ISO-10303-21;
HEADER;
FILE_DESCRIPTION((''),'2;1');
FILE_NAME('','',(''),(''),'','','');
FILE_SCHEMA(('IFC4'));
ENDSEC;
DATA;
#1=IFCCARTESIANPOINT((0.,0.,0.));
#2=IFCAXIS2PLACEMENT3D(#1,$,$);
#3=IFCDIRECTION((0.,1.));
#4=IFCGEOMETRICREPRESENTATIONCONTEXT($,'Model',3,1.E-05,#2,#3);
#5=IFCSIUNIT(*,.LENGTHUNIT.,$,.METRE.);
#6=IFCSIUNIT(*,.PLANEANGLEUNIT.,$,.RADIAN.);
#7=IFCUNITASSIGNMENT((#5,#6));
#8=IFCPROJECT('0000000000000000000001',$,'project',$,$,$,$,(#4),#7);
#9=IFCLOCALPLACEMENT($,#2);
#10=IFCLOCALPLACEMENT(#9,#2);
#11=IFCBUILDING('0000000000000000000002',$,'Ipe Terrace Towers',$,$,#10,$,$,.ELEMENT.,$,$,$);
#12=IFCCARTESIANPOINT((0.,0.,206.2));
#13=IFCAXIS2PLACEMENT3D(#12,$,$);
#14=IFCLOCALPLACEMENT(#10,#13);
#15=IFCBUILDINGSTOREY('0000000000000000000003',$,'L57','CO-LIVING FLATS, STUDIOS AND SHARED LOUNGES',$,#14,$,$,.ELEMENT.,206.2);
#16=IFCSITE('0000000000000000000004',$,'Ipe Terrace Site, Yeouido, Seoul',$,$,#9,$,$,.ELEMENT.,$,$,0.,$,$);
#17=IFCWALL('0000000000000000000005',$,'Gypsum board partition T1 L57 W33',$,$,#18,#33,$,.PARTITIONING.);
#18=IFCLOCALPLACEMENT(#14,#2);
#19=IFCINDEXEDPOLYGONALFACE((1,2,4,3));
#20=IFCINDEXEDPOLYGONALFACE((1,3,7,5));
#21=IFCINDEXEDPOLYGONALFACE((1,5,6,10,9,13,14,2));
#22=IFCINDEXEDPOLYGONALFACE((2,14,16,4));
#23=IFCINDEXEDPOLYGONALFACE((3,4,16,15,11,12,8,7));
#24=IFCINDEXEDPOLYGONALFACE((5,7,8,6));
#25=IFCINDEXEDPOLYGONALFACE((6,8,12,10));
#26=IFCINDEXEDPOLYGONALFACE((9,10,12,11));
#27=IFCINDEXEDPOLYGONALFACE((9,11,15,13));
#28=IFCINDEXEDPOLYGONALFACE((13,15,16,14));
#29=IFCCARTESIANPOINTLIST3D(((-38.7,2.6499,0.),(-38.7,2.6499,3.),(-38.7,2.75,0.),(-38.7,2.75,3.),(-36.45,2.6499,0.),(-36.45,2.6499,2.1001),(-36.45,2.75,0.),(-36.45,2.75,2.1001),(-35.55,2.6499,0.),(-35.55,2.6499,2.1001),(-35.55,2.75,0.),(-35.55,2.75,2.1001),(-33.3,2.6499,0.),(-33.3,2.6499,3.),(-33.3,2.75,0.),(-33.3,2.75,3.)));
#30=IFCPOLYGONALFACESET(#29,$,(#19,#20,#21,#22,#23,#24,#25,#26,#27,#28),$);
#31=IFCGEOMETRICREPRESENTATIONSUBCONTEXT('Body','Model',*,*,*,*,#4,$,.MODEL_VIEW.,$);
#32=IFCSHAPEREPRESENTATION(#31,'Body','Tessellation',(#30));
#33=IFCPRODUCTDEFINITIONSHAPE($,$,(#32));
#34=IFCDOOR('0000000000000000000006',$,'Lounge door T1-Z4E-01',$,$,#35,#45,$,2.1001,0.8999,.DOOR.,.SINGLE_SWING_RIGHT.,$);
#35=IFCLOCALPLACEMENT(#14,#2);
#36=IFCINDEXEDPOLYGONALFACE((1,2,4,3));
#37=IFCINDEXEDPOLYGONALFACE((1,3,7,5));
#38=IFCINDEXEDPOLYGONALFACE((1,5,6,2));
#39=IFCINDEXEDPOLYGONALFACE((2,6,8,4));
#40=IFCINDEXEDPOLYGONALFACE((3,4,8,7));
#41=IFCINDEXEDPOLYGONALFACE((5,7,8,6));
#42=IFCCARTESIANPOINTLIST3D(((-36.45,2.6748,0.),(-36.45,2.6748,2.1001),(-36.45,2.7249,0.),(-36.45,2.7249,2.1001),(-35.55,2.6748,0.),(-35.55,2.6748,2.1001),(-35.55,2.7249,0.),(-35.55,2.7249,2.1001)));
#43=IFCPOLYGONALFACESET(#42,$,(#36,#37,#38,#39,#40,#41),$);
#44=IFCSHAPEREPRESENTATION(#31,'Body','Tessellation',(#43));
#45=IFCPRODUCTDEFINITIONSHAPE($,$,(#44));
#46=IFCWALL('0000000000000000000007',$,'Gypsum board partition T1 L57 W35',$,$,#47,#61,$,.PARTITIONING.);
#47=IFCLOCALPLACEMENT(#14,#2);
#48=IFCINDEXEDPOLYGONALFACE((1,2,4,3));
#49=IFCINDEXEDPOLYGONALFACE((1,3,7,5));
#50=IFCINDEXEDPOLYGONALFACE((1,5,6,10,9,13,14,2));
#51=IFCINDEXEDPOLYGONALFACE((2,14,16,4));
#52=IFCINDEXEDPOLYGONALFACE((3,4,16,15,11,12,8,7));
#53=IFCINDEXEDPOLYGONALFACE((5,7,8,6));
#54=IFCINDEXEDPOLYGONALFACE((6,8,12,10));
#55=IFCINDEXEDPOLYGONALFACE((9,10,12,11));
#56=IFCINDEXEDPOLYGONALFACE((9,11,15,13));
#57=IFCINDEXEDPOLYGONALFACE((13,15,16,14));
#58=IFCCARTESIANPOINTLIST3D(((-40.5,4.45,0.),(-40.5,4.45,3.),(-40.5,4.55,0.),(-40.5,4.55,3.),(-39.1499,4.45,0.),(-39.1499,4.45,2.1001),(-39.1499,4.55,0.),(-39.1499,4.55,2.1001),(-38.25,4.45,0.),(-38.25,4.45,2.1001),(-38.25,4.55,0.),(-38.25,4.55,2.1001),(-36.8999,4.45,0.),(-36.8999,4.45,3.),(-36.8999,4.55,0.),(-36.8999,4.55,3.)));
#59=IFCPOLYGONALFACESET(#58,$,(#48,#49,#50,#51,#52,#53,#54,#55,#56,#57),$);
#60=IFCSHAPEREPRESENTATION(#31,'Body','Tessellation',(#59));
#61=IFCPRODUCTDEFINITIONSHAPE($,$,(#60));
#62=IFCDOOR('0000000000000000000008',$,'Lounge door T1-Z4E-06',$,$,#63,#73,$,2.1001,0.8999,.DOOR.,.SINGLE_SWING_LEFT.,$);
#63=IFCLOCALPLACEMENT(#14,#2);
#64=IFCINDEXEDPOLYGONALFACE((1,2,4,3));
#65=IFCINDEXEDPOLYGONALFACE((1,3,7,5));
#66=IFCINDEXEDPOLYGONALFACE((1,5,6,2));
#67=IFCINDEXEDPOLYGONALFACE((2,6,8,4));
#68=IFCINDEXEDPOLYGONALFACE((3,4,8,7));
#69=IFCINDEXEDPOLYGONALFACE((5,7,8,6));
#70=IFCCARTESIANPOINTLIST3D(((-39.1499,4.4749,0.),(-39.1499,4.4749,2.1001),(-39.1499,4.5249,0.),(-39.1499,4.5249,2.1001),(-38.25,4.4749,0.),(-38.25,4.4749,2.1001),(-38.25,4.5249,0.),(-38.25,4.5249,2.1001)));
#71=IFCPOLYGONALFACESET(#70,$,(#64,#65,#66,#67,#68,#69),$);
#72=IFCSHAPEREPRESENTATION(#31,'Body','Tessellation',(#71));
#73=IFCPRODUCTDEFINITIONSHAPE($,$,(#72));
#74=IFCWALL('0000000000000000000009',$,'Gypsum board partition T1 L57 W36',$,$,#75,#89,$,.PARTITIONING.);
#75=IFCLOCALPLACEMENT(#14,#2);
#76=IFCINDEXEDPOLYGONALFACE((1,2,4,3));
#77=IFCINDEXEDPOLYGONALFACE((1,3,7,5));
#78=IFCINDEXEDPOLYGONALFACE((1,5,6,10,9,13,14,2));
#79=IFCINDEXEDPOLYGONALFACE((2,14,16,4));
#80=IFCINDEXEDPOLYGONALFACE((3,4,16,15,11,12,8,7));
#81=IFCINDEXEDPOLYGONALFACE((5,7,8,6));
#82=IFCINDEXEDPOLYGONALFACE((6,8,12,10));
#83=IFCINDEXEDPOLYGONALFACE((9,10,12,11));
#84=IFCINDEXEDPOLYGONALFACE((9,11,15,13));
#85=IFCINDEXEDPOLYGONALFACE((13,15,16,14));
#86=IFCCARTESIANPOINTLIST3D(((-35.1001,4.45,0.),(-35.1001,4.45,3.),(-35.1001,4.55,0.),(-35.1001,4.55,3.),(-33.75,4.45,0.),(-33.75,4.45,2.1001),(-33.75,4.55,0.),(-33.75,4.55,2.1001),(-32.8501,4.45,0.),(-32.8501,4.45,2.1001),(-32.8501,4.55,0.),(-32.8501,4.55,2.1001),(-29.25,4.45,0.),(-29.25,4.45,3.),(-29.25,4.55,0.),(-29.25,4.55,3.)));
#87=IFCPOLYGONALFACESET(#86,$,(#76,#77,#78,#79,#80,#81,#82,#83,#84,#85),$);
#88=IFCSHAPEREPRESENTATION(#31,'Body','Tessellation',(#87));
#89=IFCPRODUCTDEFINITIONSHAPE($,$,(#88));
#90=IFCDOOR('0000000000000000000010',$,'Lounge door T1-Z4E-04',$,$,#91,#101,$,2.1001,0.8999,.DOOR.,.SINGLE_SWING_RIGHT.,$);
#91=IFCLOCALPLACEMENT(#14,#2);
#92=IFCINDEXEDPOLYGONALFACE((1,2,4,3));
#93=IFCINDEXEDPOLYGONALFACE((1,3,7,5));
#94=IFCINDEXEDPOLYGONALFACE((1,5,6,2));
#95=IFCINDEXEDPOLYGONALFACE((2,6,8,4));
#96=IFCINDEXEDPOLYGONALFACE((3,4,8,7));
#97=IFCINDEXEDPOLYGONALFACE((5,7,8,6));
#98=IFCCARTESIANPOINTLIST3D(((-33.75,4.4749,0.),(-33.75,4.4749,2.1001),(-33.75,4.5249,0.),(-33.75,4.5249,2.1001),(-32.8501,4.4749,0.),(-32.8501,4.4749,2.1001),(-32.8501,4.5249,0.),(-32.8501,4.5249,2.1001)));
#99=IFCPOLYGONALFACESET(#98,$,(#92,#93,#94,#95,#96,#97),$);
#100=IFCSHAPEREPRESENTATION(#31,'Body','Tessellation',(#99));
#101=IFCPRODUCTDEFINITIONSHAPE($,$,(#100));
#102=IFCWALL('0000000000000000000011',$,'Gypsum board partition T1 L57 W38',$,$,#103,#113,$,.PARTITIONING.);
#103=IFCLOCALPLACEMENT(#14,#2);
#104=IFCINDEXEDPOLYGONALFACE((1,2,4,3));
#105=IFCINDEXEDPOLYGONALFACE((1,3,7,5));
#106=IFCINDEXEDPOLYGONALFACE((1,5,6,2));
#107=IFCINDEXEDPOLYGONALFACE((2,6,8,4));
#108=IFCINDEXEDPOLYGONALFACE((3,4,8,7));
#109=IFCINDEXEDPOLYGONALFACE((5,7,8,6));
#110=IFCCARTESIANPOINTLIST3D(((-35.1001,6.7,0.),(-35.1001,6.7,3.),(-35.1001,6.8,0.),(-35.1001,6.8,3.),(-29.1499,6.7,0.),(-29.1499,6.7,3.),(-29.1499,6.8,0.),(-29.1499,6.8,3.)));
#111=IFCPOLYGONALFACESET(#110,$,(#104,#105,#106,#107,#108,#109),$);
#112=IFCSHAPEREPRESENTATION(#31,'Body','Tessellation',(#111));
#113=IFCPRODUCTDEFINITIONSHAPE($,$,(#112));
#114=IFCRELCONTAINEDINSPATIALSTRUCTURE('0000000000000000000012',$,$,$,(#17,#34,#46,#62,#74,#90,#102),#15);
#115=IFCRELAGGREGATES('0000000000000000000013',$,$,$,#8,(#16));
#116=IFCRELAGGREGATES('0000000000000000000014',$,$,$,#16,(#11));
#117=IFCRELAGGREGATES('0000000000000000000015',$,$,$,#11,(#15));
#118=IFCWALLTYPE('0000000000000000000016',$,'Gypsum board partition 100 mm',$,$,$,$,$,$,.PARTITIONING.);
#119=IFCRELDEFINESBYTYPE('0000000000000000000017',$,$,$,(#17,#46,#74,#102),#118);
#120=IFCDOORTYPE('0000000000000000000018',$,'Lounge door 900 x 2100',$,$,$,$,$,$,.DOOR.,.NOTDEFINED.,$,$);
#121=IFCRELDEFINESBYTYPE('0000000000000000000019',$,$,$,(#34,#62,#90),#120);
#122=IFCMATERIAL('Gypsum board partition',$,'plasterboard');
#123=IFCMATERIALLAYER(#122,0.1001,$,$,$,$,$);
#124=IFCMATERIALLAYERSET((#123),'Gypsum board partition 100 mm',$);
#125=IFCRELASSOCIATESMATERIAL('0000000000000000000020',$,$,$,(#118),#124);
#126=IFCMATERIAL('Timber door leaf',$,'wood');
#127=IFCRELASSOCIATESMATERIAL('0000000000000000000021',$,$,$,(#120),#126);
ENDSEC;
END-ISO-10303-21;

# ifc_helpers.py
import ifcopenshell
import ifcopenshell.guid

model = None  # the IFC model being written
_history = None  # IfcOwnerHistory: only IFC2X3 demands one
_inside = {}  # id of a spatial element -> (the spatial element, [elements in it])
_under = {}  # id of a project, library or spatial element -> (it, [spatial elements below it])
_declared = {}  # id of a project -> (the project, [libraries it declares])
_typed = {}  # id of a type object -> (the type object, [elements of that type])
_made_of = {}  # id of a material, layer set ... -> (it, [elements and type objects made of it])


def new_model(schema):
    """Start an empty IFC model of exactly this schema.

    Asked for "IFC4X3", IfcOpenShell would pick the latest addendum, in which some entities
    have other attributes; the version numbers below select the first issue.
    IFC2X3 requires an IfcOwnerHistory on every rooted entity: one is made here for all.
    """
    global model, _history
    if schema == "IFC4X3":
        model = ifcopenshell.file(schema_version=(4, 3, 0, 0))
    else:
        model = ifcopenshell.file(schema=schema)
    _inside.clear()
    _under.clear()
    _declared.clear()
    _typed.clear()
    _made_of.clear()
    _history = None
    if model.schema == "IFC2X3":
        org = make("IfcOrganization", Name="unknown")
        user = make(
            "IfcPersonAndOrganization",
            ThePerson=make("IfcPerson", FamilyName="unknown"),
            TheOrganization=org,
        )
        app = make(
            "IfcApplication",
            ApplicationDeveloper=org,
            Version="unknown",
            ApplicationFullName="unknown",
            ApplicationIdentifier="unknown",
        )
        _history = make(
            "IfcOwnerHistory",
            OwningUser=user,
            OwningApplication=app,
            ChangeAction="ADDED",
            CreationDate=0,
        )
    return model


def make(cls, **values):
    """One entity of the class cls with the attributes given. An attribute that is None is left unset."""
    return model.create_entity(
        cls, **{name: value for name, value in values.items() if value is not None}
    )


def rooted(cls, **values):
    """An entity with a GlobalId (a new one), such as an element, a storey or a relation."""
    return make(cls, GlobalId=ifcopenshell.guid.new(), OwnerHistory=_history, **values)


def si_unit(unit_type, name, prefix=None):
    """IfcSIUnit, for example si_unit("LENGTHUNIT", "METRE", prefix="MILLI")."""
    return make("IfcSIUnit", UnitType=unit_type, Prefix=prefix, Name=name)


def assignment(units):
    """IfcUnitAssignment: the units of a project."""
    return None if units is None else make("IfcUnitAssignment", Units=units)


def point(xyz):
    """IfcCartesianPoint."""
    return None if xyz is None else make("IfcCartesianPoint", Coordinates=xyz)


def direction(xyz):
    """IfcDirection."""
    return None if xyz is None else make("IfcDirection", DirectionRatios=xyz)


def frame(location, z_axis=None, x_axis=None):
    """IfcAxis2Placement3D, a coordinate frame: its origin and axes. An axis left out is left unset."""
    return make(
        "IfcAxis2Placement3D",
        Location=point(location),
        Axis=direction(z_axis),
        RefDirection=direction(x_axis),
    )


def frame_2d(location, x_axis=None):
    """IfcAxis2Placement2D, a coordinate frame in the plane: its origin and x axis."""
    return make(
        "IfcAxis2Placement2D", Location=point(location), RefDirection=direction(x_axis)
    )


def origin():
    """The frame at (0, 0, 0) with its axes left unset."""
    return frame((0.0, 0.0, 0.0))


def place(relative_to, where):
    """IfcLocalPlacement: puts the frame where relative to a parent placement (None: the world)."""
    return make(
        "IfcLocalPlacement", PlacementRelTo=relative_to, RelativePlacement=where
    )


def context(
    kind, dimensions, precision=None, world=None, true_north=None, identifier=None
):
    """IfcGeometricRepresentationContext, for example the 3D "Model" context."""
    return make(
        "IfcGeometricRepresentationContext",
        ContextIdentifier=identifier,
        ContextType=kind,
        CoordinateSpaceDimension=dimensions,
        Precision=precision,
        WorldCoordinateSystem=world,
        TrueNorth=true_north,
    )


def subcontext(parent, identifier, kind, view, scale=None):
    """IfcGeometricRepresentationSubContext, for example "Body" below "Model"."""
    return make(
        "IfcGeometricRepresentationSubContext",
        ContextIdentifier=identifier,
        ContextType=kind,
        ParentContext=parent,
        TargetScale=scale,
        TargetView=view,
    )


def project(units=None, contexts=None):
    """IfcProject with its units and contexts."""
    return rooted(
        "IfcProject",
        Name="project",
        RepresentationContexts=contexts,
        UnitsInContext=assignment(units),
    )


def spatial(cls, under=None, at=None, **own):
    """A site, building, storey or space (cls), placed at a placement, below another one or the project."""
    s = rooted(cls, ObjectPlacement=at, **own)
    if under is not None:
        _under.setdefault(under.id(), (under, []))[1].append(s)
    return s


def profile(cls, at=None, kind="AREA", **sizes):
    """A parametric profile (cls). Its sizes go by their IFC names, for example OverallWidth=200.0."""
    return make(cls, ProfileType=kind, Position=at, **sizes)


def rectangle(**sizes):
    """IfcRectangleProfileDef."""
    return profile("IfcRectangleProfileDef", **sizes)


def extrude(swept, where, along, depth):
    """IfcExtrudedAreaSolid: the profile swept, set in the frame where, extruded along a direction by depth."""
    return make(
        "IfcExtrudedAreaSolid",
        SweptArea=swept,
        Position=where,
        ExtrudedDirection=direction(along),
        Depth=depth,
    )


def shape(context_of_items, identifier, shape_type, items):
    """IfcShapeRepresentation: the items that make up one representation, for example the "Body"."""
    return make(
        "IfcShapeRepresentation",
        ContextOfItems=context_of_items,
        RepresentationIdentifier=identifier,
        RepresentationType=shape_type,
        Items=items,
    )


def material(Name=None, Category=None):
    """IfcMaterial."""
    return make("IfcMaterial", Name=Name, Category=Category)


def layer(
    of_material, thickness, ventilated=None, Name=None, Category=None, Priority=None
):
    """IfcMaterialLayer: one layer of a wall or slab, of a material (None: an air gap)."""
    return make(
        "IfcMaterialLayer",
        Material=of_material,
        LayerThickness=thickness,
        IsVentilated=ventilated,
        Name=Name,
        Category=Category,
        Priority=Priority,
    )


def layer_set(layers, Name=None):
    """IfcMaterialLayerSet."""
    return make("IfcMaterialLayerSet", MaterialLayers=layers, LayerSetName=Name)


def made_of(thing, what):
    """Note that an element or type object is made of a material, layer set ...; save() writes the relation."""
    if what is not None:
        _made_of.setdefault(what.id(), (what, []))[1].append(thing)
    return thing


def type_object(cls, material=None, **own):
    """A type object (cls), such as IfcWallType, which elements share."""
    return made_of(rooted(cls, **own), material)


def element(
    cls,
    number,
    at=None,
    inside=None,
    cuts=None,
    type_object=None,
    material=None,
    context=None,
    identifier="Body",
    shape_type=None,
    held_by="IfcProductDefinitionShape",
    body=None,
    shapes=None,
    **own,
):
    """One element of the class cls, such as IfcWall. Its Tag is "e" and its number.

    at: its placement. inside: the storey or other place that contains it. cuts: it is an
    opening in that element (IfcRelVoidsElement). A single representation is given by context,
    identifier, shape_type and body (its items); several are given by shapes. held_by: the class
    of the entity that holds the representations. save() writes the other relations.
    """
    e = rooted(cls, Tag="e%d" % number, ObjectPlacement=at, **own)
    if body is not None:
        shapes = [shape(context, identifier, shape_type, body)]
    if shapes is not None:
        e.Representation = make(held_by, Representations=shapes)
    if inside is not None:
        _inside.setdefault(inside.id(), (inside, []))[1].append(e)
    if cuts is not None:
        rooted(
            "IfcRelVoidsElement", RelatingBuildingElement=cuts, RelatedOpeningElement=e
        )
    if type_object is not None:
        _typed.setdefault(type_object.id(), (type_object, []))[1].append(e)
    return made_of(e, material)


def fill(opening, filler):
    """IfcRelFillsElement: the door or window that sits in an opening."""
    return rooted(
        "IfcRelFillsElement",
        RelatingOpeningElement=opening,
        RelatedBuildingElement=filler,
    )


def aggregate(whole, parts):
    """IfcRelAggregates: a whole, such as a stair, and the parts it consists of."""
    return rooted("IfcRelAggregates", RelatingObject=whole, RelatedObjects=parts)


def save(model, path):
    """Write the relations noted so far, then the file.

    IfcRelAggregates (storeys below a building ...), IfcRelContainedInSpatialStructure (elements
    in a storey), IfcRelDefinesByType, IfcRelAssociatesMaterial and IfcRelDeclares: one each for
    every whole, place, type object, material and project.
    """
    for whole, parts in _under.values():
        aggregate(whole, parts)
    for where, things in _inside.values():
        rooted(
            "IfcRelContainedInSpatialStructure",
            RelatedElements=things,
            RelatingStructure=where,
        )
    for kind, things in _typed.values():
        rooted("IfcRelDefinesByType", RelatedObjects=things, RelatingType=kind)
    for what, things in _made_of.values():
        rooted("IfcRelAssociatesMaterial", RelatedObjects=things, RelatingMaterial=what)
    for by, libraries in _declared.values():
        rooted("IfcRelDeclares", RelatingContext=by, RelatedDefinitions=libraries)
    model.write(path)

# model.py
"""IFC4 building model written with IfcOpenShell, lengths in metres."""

from ifc_helpers import new_model, si_unit, direction, frame, frame_2d, origin, place, context, subcontext, project, spatial, rectangle, extrude, material, layer, layer_set, type_object, element, fill, save


model = new_model("IFC4")

# Units and contexts
model_context = context("Model", 3, precision=1e-05, world=origin(), true_north=direction((0.0, 1.0)))
body_context = subcontext(model_context, "Body", "Model", "MODEL_VIEW")
ifc_project = project(units=[si_unit("LENGTHUNIT", "METRE"), si_unit("PLANEANGLEUNIT", "RADIAN")], contexts=[model_context])

# Site, building, storey
site_placement = place(None, origin())
site = spatial("IfcSite", under=ifc_project, at=site_placement, Name="Ipe Terrace Site, Yeouido, Seoul", CompositionType="ELEMENT", RefElevation=0.0)
building_placement = place(site_placement, origin())
building = spatial("IfcBuilding", under=site, at=building_placement, Name="Ipe Terrace Towers", CompositionType="ELEMENT")
storey_placement = place(building_placement, frame((0.0, 0.0, 206.2)))
storey = spatial("IfcBuildingStorey", under=building, at=storey_placement, Name="L57", Description="CO-LIVING FLATS, STUDIOS AND SHARED LOUNGES", CompositionType="ELEMENT", Elevation=206.2)

# Shared definitions
ifc_material_1 = material(Name="Gypsum board partition", Category="plasterboard")
ifc_layer_1 = layer(ifc_material_1, 0.1001)
ifc_layer_set_1 = layer_set([ifc_layer_1], Name="Gypsum board partition 100 mm")
wall_type_1 = type_object("IfcWallType", Name="Gypsum board partition 100 mm", PredefinedType="PARTITIONING", material=ifc_layer_set_1)

# Shared definitions
ifc_material_2 = material(Name="Timber door leaf", Category="wood")
door_type = type_object("IfcDoorType", Name="Lounge door 900 x 2100", OperationType="NOTDEFINED", PredefinedType="DOOR", material=ifc_material_2)

# Walls, openings, doors
wall_1_placement = place(storey_placement, frame((-38.7, 2.7, 0.0), z_axis=(0.0, 0.0, 1.0), x_axis=(1.0, 0.0, 0.0)))
wall_1 = element("IfcWall", 1, at=wall_1_placement, inside=storey, type_object=wall_type_1, Name="Gypsum board partition T1 L57 W33", PredefinedType="PARTITIONING", context=body_context, shape_type="SweptSolid", body=[
    extrude(rectangle(XDim=5.3999, YDim=0.1001, at=frame_2d((2.7, 0.0))), origin(), (0.0, 0.0, 1.0), 3.0),
])
opening_1_placement = place(wall_1_placement, frame((2.25, 0.0, 0.0)))
opening_1 = element("IfcOpeningElement", 2, at=opening_1_placement, cuts=wall_1, PredefinedType="OPENING", context=body_context, shape_type="SweptSolid", body=[
    extrude(rectangle(XDim=0.8999, YDim=2.1001, at=frame_2d((0.45, 1.05))), frame((0.0, 0.0601, 0.0), z_axis=(0.0, -1.0, 0.0), x_axis=(1.0, 0.0, 0.0)), (0.0, 0.0, 1.0), 0.1201),
])
door_1_placement = place(opening_1_placement, origin())
door_1 = element("IfcDoor", 3, at=door_1_placement, inside=storey, type_object=door_type, Name="Lounge door T1-Z4E-01", OperationType="SINGLE_SWING_RIGHT", OverallHeight=2.1001, OverallWidth=0.8999, PredefinedType="DOOR", context=body_context, shape_type="SweptSolid", body=[
    extrude(rectangle(XDim=0.8999, YDim=2.1001, at=frame_2d((0.45, 1.05))), frame((0.0, 0.0249, 0.0), z_axis=(0.0, -1.0, 0.0), x_axis=(1.0, 0.0, 0.0)), (0.0, 0.0, 1.0), 0.05),
])
fill(opening_1, door_1)
wall_2_placement = place(storey_placement, frame((-40.5, 4.5, 0.0), z_axis=(0.0, 0.0, 1.0), x_axis=(1.0, 0.0, 0.0)))
wall_2 = element("IfcWall", 4, at=wall_2_placement, inside=storey, type_object=wall_type_1, Name="Gypsum board partition T1 L57 W35", PredefinedType="PARTITIONING", context=body_context, shape_type="SweptSolid", body=[
    extrude(rectangle(XDim=3.6001, YDim=0.1001, at=frame_2d((1.8, 0.0))), origin(), (0.0, 0.0, 1.0), 3.0),
])
opening_2_placement = place(wall_2_placement, frame((1.3501, 0.0, 0.0)))
opening_2 = element("IfcOpeningElement", 5, at=opening_2_placement, cuts=wall_2, PredefinedType="OPENING", context=body_context, shape_type="SweptSolid", body=[
    extrude(rectangle(XDim=0.8999, YDim=2.1001, at=frame_2d((0.45, 1.05))), frame((0.0, 0.0601, 0.0), z_axis=(0.0, -1.0, 0.0), x_axis=(1.0, 0.0, 0.0)), (0.0, 0.0, 1.0), 0.1201),
])
door_2_placement = place(opening_2_placement, origin())
door_2 = element("IfcDoor", 6, at=door_2_placement, inside=storey, type_object=door_type, Name="Lounge door T1-Z4E-06", OperationType="SINGLE_SWING_LEFT", OverallHeight=2.1001, OverallWidth=0.8999, PredefinedType="DOOR", context=body_context, shape_type="SweptSolid", body=[
    extrude(rectangle(XDim=0.8999, YDim=2.1001, at=frame_2d((0.45, 1.05))), frame((0.0, 0.0249, 0.0), z_axis=(0.0, -1.0, 0.0), x_axis=(1.0, 0.0, 0.0)), (0.0, 0.0, 1.0), 0.05),
])
fill(opening_2, door_2)
wall_3_placement = place(storey_placement, frame((-35.1001, 4.5, 0.0), z_axis=(0.0, 0.0, 1.0), x_axis=(1.0, 0.0, 0.0)))
wall_3 = element("IfcWall", 7, at=wall_3_placement, inside=storey, type_object=wall_type_1, Name="Gypsum board partition T1 L57 W36", PredefinedType="PARTITIONING", context=body_context, shape_type="SweptSolid", body=[
    extrude(rectangle(XDim=5.8501, YDim=0.1001, at=frame_2d((2.925, 0.0))), origin(), (0.0, 0.0, 1.0), 3.0),
])
opening_3_placement = place(wall_3_placement, frame((1.3501, 0.0, 0.0)))
opening_3 = element("IfcOpeningElement", 8, at=opening_3_placement, cuts=wall_3, PredefinedType="OPENING", context=body_context, shape_type="SweptSolid", body=[
    extrude(rectangle(XDim=0.8999, YDim=2.1001, at=frame_2d((0.45, 1.05))), frame((0.0, 0.0601, 0.0), z_axis=(0.0, -1.0, 0.0), x_axis=(1.0, 0.0, 0.0)), (0.0, 0.0, 1.0), 0.1201),
])
door_3_placement = place(opening_3_placement, origin())
door_3 = element("IfcDoor", 9, at=door_3_placement, inside=storey, type_object=door_type, Name="Lounge door T1-Z4E-04", OperationType="SINGLE_SWING_RIGHT", OverallHeight=2.1001, OverallWidth=0.8999, PredefinedType="DOOR", context=body_context, shape_type="SweptSolid", body=[
    extrude(rectangle(XDim=0.8999, YDim=2.1001, at=frame_2d((0.45, 1.05))), frame((0.0, 0.0249, 0.0), z_axis=(0.0, -1.0, 0.0), x_axis=(1.0, 0.0, 0.0)), (0.0, 0.0, 1.0), 0.05),
])
fill(opening_3, door_3)

# Wall
wall_4_placement = place(storey_placement, frame((-35.1001, 6.75, 0.0), z_axis=(0.0, 0.0, 1.0), x_axis=(1.0, 0.0, 0.0)))
element("IfcWall", 10, at=wall_4_placement, inside=storey, type_object=wall_type_1, Name="Gypsum board partition T1 L57 W38", PredefinedType="PARTITIONING", context=body_context, shape_type="SweptSolid", body=[
    extrude(rectangle(XDim=5.9502, YDim=0.1001, at=frame_2d((2.9751, 0.0))), origin(), (0.0, 0.0, 1.0), 3.0),
])

save(model, "model.ifc")
